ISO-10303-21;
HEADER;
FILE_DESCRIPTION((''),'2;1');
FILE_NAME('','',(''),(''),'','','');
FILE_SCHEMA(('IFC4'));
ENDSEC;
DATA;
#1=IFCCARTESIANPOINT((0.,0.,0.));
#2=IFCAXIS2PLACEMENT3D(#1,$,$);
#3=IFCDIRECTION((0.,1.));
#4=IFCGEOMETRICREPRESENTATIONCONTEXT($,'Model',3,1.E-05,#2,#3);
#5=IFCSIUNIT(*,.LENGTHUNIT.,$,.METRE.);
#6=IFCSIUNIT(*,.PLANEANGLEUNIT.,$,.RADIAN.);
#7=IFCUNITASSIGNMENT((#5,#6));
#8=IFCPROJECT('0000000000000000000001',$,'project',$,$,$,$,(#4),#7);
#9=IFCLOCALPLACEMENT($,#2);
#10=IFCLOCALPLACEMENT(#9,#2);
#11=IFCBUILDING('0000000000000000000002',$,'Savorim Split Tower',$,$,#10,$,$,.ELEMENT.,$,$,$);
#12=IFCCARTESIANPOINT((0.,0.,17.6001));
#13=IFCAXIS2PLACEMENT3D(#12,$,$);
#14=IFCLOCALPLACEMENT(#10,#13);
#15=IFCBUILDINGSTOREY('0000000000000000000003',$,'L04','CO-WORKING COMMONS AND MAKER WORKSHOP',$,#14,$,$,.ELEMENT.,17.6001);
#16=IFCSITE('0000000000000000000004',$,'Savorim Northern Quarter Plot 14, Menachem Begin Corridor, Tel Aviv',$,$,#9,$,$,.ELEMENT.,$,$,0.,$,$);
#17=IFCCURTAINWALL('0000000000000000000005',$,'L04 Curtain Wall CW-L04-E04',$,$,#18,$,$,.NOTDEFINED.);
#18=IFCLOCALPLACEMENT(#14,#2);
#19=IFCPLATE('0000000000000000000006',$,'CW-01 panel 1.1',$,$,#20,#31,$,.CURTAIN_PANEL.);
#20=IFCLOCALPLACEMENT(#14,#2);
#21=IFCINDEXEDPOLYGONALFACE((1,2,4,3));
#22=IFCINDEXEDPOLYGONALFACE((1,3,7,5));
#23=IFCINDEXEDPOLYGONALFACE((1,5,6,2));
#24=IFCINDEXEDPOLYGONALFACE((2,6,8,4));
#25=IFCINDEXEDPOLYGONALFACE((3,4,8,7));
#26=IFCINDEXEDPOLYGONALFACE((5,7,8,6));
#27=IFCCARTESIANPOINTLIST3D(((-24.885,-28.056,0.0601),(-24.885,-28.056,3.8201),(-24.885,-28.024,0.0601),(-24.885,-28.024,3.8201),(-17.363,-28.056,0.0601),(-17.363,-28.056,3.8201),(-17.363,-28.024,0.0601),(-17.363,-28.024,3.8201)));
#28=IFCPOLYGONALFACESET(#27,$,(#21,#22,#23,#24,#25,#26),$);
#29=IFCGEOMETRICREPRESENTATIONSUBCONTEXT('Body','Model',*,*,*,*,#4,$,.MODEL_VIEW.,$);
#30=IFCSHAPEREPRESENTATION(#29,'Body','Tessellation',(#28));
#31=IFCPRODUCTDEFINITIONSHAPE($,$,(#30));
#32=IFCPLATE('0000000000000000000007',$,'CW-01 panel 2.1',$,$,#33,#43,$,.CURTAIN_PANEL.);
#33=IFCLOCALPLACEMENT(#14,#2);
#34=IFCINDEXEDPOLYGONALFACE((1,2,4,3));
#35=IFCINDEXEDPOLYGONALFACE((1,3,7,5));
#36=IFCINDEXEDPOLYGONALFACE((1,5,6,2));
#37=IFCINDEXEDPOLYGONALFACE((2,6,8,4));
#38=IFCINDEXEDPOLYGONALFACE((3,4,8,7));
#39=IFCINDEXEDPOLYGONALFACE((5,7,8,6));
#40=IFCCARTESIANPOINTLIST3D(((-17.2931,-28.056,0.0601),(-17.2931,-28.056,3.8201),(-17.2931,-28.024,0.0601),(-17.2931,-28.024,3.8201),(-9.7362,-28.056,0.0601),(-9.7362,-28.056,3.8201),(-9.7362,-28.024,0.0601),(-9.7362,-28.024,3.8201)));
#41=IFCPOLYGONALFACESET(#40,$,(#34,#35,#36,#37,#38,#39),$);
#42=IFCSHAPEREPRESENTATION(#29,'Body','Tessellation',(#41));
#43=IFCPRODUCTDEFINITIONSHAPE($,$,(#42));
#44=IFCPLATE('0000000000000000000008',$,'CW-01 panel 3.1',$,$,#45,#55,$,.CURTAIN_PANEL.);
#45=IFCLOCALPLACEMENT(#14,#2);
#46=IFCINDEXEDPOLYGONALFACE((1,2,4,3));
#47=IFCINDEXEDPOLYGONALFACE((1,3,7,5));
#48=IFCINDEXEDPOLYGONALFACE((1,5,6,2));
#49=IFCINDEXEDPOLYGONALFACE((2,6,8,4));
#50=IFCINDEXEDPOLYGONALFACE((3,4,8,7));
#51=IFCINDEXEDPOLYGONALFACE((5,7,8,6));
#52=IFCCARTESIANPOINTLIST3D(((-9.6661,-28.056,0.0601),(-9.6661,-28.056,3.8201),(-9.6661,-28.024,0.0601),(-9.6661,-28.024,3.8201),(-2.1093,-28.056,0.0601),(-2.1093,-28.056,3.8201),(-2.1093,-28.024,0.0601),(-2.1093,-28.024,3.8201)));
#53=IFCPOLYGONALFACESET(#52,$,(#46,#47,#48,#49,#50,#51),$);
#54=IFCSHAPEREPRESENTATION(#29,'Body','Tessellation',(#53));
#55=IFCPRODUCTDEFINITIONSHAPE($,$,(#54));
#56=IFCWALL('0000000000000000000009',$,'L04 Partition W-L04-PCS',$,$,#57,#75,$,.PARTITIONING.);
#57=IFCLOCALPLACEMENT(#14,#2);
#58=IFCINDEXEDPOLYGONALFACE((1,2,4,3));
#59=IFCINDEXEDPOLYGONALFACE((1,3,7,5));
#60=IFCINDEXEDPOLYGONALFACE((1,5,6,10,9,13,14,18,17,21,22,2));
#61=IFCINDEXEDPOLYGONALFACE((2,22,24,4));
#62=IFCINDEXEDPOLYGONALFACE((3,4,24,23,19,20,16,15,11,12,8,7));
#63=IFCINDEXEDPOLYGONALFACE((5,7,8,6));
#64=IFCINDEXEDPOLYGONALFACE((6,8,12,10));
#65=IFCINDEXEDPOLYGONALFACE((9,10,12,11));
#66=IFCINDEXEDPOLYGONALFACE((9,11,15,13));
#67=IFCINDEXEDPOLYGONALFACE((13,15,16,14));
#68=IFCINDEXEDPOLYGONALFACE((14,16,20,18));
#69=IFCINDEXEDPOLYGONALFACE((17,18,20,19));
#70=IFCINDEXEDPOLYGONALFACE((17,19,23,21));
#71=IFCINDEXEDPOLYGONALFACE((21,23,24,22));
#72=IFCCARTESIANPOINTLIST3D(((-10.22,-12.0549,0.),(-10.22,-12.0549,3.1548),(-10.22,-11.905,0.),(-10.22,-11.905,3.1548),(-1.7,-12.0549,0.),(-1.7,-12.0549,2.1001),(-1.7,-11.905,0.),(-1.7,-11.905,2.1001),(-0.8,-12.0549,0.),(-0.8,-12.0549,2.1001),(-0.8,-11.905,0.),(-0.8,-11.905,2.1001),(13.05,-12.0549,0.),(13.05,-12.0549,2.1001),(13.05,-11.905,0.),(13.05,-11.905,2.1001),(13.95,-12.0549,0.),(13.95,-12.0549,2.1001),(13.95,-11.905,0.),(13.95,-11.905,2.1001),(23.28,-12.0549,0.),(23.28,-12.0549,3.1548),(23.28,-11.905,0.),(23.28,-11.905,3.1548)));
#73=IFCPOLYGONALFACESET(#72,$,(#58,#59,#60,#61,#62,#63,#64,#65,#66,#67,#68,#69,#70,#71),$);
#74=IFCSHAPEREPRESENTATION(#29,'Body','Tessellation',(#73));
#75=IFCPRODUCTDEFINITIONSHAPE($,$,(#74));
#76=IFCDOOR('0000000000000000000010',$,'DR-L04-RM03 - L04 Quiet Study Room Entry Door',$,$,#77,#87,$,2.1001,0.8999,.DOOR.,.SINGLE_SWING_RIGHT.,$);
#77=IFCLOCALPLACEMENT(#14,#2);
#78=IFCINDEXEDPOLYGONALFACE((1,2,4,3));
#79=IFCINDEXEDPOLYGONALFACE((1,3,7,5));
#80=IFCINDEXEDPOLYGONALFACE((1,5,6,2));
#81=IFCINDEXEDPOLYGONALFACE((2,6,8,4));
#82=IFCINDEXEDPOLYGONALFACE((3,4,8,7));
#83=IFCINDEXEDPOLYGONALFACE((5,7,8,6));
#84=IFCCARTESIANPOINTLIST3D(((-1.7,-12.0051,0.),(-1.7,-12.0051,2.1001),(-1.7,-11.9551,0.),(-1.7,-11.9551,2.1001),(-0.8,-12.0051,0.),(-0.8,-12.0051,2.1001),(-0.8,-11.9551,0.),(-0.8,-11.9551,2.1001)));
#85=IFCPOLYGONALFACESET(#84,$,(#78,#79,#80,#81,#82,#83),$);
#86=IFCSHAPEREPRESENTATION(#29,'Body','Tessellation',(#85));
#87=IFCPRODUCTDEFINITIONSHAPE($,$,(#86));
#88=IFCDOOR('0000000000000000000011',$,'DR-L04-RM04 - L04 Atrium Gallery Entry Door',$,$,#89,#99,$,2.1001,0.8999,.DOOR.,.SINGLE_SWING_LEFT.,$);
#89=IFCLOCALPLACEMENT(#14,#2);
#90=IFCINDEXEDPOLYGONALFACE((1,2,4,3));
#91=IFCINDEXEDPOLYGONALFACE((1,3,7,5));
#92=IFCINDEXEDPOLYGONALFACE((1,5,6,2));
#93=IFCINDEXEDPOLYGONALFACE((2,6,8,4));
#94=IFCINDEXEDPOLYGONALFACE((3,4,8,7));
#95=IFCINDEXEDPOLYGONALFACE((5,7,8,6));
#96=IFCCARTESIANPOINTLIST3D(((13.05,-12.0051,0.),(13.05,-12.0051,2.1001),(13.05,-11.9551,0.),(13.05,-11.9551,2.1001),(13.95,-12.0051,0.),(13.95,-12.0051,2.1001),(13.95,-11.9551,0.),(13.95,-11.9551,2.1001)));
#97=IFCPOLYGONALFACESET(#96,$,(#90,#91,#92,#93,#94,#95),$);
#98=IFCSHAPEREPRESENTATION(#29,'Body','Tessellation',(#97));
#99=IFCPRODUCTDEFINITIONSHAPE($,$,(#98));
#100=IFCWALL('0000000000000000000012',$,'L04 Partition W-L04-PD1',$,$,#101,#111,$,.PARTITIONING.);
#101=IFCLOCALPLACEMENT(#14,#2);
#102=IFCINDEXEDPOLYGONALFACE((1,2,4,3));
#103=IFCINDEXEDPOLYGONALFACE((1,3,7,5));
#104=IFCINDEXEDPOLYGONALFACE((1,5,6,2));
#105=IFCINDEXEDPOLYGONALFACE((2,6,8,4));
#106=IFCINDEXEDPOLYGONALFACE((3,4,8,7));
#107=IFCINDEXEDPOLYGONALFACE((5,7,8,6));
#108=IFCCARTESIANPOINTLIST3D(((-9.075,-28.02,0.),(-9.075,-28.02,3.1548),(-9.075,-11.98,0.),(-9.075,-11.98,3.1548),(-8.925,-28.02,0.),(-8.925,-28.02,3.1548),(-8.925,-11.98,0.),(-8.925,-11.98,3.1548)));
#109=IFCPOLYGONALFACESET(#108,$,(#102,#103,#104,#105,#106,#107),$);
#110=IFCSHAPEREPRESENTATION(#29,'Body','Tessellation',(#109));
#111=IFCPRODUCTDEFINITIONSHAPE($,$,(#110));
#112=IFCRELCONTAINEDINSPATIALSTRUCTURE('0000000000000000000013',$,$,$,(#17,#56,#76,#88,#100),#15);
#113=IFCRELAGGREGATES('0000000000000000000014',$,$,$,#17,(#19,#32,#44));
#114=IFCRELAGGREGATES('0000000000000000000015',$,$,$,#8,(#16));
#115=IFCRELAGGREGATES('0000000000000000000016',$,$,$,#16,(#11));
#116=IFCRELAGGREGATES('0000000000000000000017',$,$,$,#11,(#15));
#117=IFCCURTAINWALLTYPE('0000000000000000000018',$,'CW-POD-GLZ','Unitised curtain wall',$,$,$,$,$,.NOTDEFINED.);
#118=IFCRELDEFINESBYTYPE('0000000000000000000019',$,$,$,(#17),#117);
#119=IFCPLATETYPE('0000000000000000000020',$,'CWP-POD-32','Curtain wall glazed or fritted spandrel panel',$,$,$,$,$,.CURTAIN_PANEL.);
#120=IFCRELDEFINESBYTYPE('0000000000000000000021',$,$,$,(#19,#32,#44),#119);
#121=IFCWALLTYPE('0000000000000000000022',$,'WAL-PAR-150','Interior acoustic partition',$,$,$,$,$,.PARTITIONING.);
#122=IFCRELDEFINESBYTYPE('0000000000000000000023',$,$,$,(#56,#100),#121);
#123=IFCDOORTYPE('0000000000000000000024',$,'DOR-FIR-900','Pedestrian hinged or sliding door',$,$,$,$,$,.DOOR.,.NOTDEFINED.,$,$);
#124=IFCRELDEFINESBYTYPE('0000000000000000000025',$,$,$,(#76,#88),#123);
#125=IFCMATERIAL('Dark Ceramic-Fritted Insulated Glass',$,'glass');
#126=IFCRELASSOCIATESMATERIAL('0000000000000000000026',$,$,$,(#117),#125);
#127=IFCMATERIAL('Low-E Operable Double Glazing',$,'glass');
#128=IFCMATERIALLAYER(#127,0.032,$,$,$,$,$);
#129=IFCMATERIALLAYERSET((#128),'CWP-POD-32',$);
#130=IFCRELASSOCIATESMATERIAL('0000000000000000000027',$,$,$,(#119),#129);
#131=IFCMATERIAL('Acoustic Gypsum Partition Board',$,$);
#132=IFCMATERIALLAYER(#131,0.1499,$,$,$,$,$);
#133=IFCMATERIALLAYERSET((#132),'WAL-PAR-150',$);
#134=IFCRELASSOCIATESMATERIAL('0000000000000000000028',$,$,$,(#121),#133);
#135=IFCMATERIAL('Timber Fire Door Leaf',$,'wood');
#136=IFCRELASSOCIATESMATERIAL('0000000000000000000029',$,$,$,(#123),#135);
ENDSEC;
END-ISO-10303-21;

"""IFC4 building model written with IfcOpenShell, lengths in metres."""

from ifc_helpers import new_model, si_unit, direction, frame, frame_2d, origin, origin_2d, place, context, subcontext, project, spatial, rectangle, extrude, material, layer, layer_set, type_object, element, fill, aggregate, save


model = new_model("IFC4")

# Units and contexts
model_context = context("Model", 3, precision=1e-05, world=origin(), true_north=direction((0.0, 1.0)))
body_context = subcontext(model_context, "Body", "Model", "MODEL_VIEW")
ifc_project = project(units=[si_unit("LENGTHUNIT", "METRE"), si_unit("PLANEANGLEUNIT", "RADIAN")], contexts=[model_context])

# Site, building, storey
site_placement = place(None, origin())
site = spatial("IfcSite", under=ifc_project, at=site_placement, Name="Savorim Northern Quarter Plot 14, Menachem Begin Corridor, Tel Aviv", CompositionType="ELEMENT", RefElevation=0.0)
building_placement = place(site_placement, origin())
building = spatial("IfcBuilding", under=site, at=building_placement, Name="Savorim Split Tower", CompositionType="ELEMENT")
storey_placement = place(building_placement, frame((0.0, 0.0, 17.6001)))
storey = spatial("IfcBuildingStorey", under=building, at=storey_placement, Name="L04", Description="CO-WORKING COMMONS AND MAKER WORKSHOP", CompositionType="ELEMENT", Elevation=17.6001)

# Curtain wall, plates
ifc_material_1 = material(Name="Dark Ceramic-Fritted Insulated Glass", Category="glass")
curtain_wall_type = type_object("IfcCurtainWallType", Name="CW-POD-GLZ", Description="Unitised curtain wall", PredefinedType="NOTDEFINED", material=ifc_material_1)
curtain_wall_placement = place(storey_placement, origin())
curtain_wall = element("IfcCurtainWall", 1, at=curtain_wall_placement, inside=storey, type_object=curtain_wall_type, Name="L04 Curtain Wall CW-L04-E04", PredefinedType="NOTDEFINED")
ifc_material_2 = material(Name="Low-E Operable Double Glazing", Category="glass")
ifc_layer_1 = layer(ifc_material_2, 0.032)
ifc_layer_set_1 = layer_set([ifc_layer_1], Name="CWP-POD-32")
plate_type = type_object("IfcPlateType", Name="CWP-POD-32", Description="Curtain wall glazed or fritted spandrel panel", PredefinedType="CURTAIN_PANEL", material=ifc_layer_set_1)
plate_1_placement = place(storey_placement, frame((-21.124, -28.04, 0.0601), z_axis=(0.0, 0.0, 1.0), x_axis=(1.0, 0.0, 0.0)))
plate_1 = element("IfcPlate", 2, at=plate_1_placement, type_object=plate_type, Name="CW-01 panel 1.1", PredefinedType="CURTAIN_PANEL", context=body_context, shape_type="SweptSolid", body=[
    extrude(rectangle(XDim=7.522, YDim=0.032, at=origin_2d()), origin(), (0.0, 0.0, 1.0), 3.76),
])
plate_2_placement = place(storey_placement, frame((-13.5146, -28.04, 0.0601), z_axis=(0.0, 0.0, 1.0), x_axis=(1.0, 0.0, 0.0)))
plate_2 = element("IfcPlate", 3, at=plate_2_placement, type_object=plate_type, Name="CW-01 panel 2.1", PredefinedType="CURTAIN_PANEL", context=body_context, shape_type="SweptSolid", body=[
    extrude(rectangle(XDim=7.5569, YDim=0.032, at=origin_2d()), origin(), (0.0, 0.0, 1.0), 3.76),
])
plate_3_placement = place(storey_placement, frame((-5.8877, -28.04, 0.0601), z_axis=(0.0, 0.0, 1.0), x_axis=(1.0, 0.0, 0.0)))
plate_3 = element("IfcPlate", 4, at=plate_3_placement, type_object=plate_type, Name="CW-01 panel 3.1", PredefinedType="CURTAIN_PANEL", context=body_context, shape_type="SweptSolid", body=[
    extrude(rectangle(XDim=7.5569, YDim=0.032, at=origin_2d()), origin(), (0.0, 0.0, 1.0), 3.76),
])
aggregate(curtain_wall, [plate_1, plate_2, plate_3])

# Wall, openings, doors
ifc_material_3 = material(Name="Acoustic Gypsum Partition Board")
ifc_layer_2 = layer(ifc_material_3, 0.1499)
ifc_layer_set_2 = layer_set([ifc_layer_2], Name="WAL-PAR-150")
wall_type = type_object("IfcWallType", Name="WAL-PAR-150", Description="Interior acoustic partition", PredefinedType="PARTITIONING", material=ifc_layer_set_2)
wall_1_placement = place(storey_placement, frame((-10.22, -11.98, 0.0), z_axis=(0.0, 0.0, 1.0), x_axis=(1.0, 0.0, 0.0)))
wall_1 = element("IfcWall", 5, at=wall_1_placement, inside=storey, type_object=wall_type, Name="L04 Partition W-L04-PCS", PredefinedType="PARTITIONING", context=body_context, shape_type="SweptSolid", body=[
    extrude(rectangle(XDim=33.5, YDim=0.1499, at=frame_2d((16.75, 0.0))), origin(), (0.0, 0.0, 1.0), 3.1548),
])
opening_1_placement = place(wall_1_placement, frame((8.52, 0.0, 0.0)))
opening_1 = element("IfcOpeningElement", 6, at=opening_1_placement, cuts=wall_1, PredefinedType="OPENING", context=body_context, shape_type="SweptSolid", body=[
    extrude(rectangle(XDim=0.8999, YDim=2.1001, at=frame_2d((0.45, 1.05))), frame((0.0, 0.085, 0.0), z_axis=(0.0, -1.0, 0.0), x_axis=(1.0, 0.0, 0.0)), (0.0, 0.0, 1.0), 0.1699),
])
opening_2_placement = place(wall_1_placement, frame((23.27, 0.0, 0.0)))
opening_2 = element("IfcOpeningElement", 7, at=opening_2_placement, cuts=wall_1, PredefinedType="OPENING", context=body_context, shape_type="SweptSolid", body=[
    extrude(rectangle(XDim=0.8999, YDim=2.1001, at=frame_2d((0.45, 1.05))), frame((0.0, 0.085, 0.0), z_axis=(0.0, -1.0, 0.0), x_axis=(1.0, 0.0, 0.0)), (0.0, 0.0, 1.0), 0.1699),
])
ifc_material_4 = material(Name="Timber Fire Door Leaf", Category="wood")
door_type = type_object("IfcDoorType", Name="DOR-FIR-900", Description="Pedestrian hinged or sliding door", OperationType="NOTDEFINED", PredefinedType="DOOR", material=ifc_material_4)
door_1_placement = place(opening_1_placement, origin())
door_1 = element("IfcDoor", 8, at=door_1_placement, inside=storey, type_object=door_type, Name="DR-L04-RM03 - L04 Quiet Study Room Entry Door", OperationType="SINGLE_SWING_RIGHT", OverallHeight=2.1001, OverallWidth=0.8999, PredefinedType="DOOR", context=body_context, shape_type="SweptSolid", body=[
    extrude(rectangle(XDim=0.8999, YDim=2.1001, at=frame_2d((0.45, 1.05))), frame((0.0, 0.0249, 0.0), z_axis=(0.0, -1.0, 0.0), x_axis=(1.0, 0.0, 0.0)), (0.0, 0.0, 1.0), 0.05),
])
fill(opening_1, door_1)
door_2_placement = place(opening_2_placement, origin())
door_2 = element("IfcDoor", 9, at=door_2_placement, inside=storey, type_object=door_type, Name="DR-L04-RM04 - L04 Atrium Gallery Entry Door", OperationType="SINGLE_SWING_LEFT", OverallHeight=2.1001, OverallWidth=0.8999, PredefinedType="DOOR", context=body_context, shape_type="SweptSolid", body=[
    extrude(rectangle(XDim=0.8999, YDim=2.1001, at=frame_2d((0.45, 1.05))), frame((0.0, 0.0249, 0.0), z_axis=(0.0, -1.0, 0.0), x_axis=(1.0, 0.0, 0.0)), (0.0, 0.0, 1.0), 0.05),
])
fill(opening_2, door_2)

# Wall
wall_2_placement = place(storey_placement, frame((-9.0, -28.02, 0.0), z_axis=(0.0, 0.0, 1.0), x_axis=(0.0, 1.0, 0.0)))
element("IfcWall", 10, at=wall_2_placement, inside=storey, type_object=wall_type, Name="L04 Partition W-L04-PD1", PredefinedType="PARTITIONING", context=body_context, shape_type="SweptSolid", body=[
    extrude(rectangle(XDim=16.04, YDim=0.1499, at=frame_2d((8.02, 0.0))), origin(), (0.0, 0.0, 1.0), 3.1548),
])

save(model, "model.ifc")
